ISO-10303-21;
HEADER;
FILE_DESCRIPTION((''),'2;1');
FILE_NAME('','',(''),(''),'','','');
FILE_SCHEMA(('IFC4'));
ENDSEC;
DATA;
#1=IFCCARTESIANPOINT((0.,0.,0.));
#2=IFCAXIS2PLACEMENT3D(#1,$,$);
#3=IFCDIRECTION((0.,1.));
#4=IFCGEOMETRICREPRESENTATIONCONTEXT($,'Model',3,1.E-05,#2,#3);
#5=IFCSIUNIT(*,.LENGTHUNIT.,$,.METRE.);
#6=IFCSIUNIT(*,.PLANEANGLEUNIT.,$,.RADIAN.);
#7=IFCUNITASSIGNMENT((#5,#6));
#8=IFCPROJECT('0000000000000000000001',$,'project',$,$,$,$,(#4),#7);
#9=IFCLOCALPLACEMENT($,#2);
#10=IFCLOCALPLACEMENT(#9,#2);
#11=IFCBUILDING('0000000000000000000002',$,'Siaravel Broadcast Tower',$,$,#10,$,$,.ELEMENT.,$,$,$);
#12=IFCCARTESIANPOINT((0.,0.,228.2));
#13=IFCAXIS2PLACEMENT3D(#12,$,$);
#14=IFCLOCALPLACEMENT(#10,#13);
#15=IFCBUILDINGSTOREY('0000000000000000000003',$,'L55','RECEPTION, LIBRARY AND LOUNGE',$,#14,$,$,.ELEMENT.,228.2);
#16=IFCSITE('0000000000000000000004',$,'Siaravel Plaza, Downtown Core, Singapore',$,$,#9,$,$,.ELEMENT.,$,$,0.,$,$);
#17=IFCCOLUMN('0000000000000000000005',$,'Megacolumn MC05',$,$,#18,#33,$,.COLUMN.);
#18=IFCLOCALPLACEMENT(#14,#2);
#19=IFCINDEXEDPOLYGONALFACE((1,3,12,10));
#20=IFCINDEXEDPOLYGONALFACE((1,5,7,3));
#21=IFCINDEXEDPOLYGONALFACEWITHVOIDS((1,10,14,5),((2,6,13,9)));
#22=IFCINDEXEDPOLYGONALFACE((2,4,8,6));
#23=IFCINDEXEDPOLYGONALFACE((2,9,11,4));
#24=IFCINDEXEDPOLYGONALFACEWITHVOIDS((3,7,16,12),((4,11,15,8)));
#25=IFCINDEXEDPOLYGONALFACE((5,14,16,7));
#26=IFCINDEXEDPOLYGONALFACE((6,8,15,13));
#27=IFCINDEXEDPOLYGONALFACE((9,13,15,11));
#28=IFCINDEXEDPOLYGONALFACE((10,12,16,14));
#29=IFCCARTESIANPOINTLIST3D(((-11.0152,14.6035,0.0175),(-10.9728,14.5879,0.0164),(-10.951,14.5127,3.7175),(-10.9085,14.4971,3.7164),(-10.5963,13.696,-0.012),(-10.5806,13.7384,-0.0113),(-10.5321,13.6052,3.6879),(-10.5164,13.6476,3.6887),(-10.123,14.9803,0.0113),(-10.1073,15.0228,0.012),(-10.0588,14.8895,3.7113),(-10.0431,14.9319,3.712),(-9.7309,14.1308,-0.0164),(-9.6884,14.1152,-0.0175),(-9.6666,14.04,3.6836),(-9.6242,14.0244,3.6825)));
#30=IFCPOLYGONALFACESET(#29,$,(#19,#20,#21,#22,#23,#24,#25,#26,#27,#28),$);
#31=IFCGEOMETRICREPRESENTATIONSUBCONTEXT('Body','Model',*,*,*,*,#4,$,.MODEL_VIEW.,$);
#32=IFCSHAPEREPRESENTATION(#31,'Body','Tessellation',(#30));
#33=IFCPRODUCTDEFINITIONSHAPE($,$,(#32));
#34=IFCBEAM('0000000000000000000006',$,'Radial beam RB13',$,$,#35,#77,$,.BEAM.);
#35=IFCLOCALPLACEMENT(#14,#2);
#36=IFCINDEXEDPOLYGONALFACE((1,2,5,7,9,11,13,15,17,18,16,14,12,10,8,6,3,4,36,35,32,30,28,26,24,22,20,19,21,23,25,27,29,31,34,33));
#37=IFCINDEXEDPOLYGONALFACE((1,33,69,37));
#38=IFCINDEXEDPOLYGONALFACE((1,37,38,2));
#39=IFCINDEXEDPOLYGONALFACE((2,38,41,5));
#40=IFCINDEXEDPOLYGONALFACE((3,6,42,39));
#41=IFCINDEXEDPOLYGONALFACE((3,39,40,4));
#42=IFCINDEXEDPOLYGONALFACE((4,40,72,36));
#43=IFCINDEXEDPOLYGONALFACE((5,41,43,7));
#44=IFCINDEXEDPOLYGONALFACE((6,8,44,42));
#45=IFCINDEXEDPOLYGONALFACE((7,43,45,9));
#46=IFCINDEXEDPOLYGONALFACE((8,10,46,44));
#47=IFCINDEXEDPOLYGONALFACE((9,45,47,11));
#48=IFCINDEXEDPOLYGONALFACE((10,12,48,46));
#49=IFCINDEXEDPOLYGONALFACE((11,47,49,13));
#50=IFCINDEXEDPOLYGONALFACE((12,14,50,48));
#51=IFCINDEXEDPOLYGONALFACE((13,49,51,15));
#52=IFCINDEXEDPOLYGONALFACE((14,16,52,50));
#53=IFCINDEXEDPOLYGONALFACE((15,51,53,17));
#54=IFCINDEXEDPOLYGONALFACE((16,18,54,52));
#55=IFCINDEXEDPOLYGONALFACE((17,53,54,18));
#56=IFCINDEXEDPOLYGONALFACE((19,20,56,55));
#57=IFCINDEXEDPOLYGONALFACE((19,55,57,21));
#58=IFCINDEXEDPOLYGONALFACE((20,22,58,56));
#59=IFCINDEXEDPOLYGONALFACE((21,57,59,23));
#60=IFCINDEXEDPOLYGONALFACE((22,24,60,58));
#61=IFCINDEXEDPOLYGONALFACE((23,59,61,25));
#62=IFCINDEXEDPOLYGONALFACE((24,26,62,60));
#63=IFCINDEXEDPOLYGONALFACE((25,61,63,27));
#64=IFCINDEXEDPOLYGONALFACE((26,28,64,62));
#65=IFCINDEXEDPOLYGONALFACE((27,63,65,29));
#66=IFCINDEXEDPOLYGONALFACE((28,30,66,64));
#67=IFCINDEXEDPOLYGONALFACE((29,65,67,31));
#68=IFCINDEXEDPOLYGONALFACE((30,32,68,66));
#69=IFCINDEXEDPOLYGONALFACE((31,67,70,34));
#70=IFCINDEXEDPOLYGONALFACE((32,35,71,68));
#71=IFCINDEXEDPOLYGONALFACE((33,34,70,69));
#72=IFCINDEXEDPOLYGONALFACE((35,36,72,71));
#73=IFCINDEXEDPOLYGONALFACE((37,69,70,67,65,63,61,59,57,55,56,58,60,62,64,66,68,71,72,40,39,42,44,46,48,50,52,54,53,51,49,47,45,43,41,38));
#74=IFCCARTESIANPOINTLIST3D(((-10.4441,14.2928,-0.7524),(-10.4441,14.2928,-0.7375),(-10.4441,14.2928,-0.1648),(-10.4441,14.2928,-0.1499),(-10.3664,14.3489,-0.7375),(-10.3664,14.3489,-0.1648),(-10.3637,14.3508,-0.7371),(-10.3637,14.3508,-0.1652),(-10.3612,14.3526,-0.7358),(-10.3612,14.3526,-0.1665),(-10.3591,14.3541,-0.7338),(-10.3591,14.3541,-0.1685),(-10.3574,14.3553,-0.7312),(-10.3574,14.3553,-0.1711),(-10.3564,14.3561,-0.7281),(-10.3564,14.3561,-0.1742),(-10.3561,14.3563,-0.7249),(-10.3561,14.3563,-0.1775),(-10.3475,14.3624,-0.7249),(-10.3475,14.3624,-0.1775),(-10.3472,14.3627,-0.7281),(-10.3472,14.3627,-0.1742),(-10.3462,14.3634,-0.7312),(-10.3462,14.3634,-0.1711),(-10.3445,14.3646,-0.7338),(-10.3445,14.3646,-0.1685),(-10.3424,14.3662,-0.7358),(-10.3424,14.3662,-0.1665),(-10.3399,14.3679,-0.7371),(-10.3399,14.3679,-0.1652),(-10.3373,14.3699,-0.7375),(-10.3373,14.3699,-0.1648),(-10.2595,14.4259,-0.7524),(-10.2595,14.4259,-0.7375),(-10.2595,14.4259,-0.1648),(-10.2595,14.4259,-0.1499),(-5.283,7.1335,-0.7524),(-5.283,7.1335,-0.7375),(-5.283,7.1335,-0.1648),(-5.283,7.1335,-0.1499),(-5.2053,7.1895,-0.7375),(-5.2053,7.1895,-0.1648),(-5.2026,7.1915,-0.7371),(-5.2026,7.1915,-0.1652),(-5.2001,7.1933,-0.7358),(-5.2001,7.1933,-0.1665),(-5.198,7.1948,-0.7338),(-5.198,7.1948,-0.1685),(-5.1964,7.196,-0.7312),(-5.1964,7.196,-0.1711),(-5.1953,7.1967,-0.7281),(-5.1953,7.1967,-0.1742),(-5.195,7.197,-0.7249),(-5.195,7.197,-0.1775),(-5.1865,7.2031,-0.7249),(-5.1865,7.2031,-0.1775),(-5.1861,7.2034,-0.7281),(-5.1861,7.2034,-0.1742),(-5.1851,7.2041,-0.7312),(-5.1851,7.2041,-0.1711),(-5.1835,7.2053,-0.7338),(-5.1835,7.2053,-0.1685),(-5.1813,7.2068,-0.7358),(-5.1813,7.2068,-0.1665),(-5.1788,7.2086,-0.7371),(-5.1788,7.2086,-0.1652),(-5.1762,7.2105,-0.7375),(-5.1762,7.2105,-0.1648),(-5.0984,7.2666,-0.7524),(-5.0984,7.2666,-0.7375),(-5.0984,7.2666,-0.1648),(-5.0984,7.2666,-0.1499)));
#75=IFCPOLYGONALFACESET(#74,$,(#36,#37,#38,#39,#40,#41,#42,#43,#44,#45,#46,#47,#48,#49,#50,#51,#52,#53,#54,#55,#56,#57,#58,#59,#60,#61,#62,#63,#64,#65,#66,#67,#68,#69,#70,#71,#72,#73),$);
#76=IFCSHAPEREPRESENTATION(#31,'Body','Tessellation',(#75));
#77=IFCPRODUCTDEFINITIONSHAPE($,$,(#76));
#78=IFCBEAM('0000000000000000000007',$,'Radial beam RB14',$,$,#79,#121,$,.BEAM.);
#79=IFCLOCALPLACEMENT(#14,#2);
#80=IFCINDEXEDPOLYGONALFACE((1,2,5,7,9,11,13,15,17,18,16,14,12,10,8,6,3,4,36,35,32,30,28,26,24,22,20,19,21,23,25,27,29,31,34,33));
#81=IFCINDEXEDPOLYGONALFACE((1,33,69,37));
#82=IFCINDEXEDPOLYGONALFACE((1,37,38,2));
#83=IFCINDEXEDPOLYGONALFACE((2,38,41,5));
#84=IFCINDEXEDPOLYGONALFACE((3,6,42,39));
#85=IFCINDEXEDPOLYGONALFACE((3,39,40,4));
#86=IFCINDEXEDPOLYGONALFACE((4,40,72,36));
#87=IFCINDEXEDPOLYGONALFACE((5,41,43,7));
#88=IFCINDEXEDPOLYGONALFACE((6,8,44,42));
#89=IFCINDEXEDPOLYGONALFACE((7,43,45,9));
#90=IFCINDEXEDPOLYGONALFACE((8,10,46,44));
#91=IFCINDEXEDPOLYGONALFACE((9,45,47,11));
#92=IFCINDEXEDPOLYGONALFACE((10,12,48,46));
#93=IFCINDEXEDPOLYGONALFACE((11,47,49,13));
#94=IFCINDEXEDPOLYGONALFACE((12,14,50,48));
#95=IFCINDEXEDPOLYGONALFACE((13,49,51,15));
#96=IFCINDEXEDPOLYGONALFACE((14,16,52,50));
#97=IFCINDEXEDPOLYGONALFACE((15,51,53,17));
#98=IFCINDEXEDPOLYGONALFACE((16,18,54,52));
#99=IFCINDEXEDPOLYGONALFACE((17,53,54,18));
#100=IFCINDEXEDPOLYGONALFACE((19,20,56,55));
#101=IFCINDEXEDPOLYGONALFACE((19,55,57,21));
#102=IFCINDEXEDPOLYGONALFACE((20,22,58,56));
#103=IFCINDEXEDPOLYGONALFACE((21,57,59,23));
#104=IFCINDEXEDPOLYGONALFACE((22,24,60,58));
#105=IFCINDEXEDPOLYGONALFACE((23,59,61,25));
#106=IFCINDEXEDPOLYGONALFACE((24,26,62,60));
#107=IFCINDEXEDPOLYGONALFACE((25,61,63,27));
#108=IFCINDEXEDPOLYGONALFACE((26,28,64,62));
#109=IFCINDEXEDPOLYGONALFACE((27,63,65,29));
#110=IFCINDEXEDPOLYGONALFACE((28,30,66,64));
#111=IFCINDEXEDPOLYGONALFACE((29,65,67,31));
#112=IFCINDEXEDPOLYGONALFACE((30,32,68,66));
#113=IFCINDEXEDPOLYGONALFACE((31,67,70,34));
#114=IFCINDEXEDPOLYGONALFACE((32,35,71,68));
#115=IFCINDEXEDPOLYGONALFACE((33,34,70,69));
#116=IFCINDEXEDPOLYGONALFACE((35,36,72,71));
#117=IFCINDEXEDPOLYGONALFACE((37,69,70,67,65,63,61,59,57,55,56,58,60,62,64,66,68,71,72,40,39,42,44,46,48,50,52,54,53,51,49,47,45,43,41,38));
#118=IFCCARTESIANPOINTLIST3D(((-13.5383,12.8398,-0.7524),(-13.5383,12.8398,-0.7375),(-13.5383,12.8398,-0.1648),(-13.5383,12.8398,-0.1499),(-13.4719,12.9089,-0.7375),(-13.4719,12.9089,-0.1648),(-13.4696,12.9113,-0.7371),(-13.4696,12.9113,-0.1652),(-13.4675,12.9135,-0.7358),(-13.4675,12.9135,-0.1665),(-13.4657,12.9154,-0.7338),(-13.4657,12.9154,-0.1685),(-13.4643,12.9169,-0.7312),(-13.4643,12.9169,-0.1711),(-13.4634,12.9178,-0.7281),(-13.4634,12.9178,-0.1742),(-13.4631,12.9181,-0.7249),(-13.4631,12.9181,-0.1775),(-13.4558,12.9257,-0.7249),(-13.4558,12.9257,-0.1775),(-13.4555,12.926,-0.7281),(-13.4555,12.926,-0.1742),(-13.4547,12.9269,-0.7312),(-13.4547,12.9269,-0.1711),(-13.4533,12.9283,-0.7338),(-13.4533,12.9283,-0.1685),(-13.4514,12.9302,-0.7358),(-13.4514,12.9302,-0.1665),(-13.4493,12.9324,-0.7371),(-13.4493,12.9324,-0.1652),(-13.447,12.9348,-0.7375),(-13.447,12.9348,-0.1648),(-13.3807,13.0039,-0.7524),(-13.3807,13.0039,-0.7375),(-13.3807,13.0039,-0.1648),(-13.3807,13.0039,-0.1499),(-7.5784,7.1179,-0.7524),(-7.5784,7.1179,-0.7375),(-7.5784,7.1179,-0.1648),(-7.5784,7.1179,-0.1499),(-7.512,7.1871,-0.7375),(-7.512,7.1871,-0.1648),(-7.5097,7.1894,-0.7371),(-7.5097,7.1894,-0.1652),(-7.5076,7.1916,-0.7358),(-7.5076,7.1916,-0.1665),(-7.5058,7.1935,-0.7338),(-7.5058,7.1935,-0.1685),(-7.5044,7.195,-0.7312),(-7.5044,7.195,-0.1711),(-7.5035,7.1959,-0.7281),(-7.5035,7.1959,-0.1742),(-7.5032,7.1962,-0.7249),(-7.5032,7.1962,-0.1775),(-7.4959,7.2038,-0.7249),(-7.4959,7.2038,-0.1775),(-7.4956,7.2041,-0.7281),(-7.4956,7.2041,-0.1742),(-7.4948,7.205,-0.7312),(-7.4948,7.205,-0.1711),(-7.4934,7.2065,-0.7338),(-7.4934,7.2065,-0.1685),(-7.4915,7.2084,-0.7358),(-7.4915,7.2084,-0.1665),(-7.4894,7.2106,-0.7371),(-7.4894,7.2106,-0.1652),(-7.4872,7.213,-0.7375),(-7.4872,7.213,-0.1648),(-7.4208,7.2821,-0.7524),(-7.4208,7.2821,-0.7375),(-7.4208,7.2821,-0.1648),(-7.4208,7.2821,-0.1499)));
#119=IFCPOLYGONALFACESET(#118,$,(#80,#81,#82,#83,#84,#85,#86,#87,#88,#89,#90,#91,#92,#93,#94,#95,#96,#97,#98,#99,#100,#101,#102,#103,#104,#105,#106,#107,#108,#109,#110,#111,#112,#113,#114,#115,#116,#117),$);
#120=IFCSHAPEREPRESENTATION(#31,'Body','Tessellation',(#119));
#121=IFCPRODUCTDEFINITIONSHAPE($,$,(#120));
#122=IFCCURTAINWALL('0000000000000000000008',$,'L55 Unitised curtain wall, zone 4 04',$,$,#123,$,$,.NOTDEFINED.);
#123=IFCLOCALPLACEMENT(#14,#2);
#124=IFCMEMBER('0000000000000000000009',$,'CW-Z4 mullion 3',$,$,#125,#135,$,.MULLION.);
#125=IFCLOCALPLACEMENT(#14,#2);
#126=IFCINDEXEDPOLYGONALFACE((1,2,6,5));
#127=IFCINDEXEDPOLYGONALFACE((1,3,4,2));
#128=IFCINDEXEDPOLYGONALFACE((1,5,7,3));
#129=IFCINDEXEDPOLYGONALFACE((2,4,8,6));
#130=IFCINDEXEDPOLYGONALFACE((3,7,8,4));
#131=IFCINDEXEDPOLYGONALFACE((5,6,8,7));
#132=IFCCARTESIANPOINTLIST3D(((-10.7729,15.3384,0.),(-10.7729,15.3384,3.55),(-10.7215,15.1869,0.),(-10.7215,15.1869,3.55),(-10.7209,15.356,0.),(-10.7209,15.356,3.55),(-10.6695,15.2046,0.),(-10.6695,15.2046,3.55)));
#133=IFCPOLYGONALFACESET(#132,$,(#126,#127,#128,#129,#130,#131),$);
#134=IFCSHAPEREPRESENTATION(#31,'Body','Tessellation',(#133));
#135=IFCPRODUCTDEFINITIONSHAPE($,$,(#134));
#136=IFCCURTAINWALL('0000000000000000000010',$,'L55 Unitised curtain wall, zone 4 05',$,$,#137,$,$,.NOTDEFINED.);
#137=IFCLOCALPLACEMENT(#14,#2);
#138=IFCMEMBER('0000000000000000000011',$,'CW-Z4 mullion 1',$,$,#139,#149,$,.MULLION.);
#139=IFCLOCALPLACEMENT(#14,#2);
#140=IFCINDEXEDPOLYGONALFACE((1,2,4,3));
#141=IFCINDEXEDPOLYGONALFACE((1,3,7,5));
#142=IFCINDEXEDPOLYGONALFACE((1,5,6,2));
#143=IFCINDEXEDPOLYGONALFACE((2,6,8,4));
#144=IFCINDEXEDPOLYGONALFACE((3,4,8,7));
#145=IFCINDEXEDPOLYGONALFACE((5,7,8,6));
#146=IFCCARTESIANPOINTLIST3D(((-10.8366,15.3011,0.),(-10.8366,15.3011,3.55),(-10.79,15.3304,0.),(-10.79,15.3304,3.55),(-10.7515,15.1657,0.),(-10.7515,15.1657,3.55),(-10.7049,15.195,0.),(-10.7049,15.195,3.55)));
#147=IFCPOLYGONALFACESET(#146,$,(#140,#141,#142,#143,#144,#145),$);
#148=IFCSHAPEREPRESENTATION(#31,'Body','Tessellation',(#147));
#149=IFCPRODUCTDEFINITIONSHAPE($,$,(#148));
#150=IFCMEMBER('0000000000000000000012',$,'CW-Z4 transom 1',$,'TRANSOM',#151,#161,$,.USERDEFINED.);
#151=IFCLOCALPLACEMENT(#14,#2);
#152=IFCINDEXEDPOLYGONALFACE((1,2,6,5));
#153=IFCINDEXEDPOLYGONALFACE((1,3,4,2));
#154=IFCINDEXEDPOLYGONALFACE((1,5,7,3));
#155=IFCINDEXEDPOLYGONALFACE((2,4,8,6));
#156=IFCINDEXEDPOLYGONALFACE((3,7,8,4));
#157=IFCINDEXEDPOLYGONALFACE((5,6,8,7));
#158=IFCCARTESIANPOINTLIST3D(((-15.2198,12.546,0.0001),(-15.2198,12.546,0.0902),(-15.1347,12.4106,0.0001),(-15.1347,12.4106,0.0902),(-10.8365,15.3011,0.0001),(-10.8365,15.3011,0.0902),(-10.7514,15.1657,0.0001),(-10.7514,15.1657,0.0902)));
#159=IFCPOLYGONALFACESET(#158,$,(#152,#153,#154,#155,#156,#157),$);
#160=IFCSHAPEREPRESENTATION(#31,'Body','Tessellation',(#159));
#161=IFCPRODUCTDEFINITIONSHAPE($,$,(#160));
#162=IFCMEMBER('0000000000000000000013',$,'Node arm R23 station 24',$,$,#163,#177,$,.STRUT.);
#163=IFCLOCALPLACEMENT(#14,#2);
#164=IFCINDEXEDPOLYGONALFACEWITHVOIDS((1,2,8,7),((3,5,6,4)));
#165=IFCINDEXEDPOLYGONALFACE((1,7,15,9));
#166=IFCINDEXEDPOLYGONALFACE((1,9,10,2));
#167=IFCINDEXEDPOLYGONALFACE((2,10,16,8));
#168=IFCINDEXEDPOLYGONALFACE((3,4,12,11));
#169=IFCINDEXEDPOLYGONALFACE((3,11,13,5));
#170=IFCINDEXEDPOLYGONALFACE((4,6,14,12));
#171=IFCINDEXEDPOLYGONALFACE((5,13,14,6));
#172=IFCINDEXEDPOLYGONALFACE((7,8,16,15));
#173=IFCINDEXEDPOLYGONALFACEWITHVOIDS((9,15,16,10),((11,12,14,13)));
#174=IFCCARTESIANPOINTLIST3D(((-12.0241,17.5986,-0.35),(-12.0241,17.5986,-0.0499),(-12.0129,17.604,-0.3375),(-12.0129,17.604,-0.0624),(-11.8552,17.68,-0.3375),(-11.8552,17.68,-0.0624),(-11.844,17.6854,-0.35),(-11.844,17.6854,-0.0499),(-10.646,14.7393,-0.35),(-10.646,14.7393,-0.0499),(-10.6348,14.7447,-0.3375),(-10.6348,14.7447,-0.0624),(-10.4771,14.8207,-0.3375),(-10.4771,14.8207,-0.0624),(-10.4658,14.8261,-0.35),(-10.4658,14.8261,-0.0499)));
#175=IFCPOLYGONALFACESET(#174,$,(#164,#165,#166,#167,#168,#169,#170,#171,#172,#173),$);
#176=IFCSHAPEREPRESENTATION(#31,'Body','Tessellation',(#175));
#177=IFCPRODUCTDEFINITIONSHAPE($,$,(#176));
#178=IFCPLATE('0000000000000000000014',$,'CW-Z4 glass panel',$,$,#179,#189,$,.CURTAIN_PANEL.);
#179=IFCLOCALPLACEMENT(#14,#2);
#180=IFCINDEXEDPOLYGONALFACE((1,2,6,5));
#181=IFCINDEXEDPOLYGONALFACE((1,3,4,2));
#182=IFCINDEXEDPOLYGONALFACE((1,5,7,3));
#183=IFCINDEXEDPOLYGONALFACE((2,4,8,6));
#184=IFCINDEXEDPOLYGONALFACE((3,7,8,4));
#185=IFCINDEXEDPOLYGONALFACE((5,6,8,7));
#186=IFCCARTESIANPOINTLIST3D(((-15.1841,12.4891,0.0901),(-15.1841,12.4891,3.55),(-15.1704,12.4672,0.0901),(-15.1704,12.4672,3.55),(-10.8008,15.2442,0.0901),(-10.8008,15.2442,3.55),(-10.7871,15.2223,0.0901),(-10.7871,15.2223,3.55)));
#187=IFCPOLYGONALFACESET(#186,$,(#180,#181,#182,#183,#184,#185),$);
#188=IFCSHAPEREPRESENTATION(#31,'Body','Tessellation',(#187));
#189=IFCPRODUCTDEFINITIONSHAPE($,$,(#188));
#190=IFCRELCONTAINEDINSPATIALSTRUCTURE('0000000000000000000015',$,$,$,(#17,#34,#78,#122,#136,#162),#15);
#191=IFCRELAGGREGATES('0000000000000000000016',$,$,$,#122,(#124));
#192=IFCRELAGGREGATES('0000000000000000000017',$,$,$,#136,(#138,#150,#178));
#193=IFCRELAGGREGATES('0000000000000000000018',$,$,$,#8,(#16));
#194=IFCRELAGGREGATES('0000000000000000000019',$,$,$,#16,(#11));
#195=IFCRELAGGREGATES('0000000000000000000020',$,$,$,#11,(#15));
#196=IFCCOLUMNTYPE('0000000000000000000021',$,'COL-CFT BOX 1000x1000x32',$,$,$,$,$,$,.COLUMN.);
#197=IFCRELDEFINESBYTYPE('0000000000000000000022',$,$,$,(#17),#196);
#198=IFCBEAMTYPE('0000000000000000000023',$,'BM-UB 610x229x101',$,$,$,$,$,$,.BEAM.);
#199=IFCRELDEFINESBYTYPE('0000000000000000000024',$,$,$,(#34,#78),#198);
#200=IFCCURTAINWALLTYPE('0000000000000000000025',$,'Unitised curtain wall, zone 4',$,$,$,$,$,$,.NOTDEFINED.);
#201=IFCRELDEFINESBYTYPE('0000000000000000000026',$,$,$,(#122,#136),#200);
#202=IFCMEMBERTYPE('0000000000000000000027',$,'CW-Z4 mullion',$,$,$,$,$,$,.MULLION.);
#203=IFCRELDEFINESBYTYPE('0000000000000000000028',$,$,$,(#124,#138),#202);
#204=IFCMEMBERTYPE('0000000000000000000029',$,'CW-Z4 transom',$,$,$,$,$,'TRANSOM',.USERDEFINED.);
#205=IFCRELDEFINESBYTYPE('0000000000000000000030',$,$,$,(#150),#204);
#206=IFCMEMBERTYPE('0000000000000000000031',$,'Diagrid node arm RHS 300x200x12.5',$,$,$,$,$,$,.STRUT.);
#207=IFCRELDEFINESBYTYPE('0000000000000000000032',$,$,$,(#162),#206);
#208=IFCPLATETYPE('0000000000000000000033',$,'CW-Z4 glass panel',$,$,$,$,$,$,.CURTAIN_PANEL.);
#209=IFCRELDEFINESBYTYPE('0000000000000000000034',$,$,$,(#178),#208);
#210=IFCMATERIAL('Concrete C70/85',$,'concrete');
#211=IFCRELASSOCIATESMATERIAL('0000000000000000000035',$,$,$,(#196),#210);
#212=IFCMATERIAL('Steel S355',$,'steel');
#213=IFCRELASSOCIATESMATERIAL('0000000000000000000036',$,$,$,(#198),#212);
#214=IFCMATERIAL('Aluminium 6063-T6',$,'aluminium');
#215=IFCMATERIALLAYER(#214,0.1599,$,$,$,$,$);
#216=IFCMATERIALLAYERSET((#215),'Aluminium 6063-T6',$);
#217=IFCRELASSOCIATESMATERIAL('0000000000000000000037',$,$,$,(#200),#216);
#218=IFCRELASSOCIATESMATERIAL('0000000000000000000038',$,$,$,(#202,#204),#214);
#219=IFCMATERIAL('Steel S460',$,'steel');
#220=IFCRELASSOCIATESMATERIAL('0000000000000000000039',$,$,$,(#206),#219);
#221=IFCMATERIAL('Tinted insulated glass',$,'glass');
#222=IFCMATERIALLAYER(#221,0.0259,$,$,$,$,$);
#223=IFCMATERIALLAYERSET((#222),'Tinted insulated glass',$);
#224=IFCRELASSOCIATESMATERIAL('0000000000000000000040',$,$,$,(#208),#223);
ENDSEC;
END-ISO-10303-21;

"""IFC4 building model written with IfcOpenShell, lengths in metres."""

from ifc_helpers import new_model, si_unit, direction, frame, origin, origin_2d, place, context, subcontext, project, spatial, rectangle, hollow_rectangle, i_section, extrude, material, layer, layer_set, material_profile, profile_set, type_object, element, aggregate, save


model = new_model("IFC4")

# Units and contexts
model_context = context("Model", 3, precision=1e-05, world=origin(), true_north=direction((0.0, 1.0)))
body_context = subcontext(model_context, "Body", "Model", "MODEL_VIEW")
ifc_project = project(units=[si_unit("LENGTHUNIT", "METRE"), si_unit("PLANEANGLEUNIT", "RADIAN")], contexts=[model_context])

# Site, building, storey
site_placement = place(None, origin())
site = spatial("IfcSite", under=ifc_project, at=site_placement, Name="Siaravel Plaza, Downtown Core, Singapore", CompositionType="ELEMENT", RefElevation=0.0)
building_placement = place(site_placement, origin())
building = spatial("IfcBuilding", under=site, at=building_placement, Name="Siaravel Broadcast Tower", CompositionType="ELEMENT")
storey_placement = place(building_placement, frame((0.0, 0.0, 228.2)))
storey = spatial("IfcBuildingStorey", under=building, at=storey_placement, Name="L55", Description="RECEPTION, LIBRARY AND LOUNGE", CompositionType="ELEMENT", Elevation=228.2)

# Column
ifc_material_1 = material(Name="Concrete C70/85", Category="concrete")
ifc_material_profile_1 = material_profile(ifc_material_1, hollow_rectangle(XDim=1.0, YDim=1.0, WallThickness=0.032, at=origin_2d()))
ifc_profile_set_1 = profile_set([ifc_material_profile_1], Name="Concrete C70/85")
column_type = type_object("IfcColumnType", Name="COL-CFT BOX 1000x1000x32", PredefinedType="COLUMN", material=ifc_profile_set_1)
column_placement = place(storey_placement, frame((-10.3518, 14.3594, 0.0), z_axis=(0.017346, -0.024535, 0.999548), x_axis=(0.907863, 0.419232, -0.005464)))
element("IfcColumn", 1, at=column_placement, inside=storey, type_object=column_type, Name="Megacolumn MC05", PredefinedType="COLUMN", context=body_context, shape_type="SweptSolid", body=[
    extrude(hollow_rectangle(XDim=1.0, YDim=1.0, WallThickness=0.032, at=origin_2d()), origin(), (0.0, 0.0, 1.0), 3.7017),
])

# Beams
ifc_material_2 = material(Name="Steel S355", Category="steel")
ifc_material_profile_2 = material_profile(ifc_material_2, i_section(OverallWidth=0.2275, OverallDepth=0.6025, WebThickness=0.0105, FlangeThickness=0.0149, FilletRadius=0.0127, at=origin_2d()))
ifc_profile_set_2 = profile_set([ifc_material_profile_2], Name="Steel S355")
beam_type = type_object("IfcBeamType", Name="BM-UB 610x229x101", PredefinedType="BEAM", material=ifc_profile_set_2)
beam_1_placement = place(storey_placement, frame((-10.3518, 14.3594, -0.4512), z_axis=(0.584778, -0.811193, 0.0), x_axis=(0.811193, 0.584778, 0.0)))
element("IfcBeam", 2, at=beam_1_placement, inside=storey, type_object=beam_type, Name="Radial beam RB13", PredefinedType="BEAM", context=body_context, shape_type="SweptSolid", body=[
    extrude(i_section(OverallWidth=0.2275, OverallDepth=0.6025, WebThickness=0.0105, FlangeThickness=0.0149, FilletRadius=0.0127, at=origin_2d()), origin(), (0.0, 0.0, 1.0), 8.8257),
])
beam_2_placement = place(storey_placement, frame((-13.4595, 12.9219, -0.4512), z_axis=(0.721365, -0.692555, 0.0), x_axis=(0.692555, 0.721365, 0.0)))
element("IfcBeam", 3, at=beam_2_placement, inside=storey, type_object=beam_type, Name="Radial beam RB14", PredefinedType="BEAM", context=body_context, shape_type="SweptSolid", body=[
    extrude(i_section(OverallWidth=0.2275, OverallDepth=0.6025, WebThickness=0.0105, FlangeThickness=0.0149, FilletRadius=0.0127, at=origin_2d()), origin(), (0.0, 0.0, 1.0), 8.262),
])

# Curtain wall, member
ifc_material_3 = material(Name="Aluminium 6063-T6", Category="aluminium")
ifc_layer_1 = layer(ifc_material_3, 0.1599)
ifc_layer_set_1 = layer_set([ifc_layer_1], Name="Aluminium 6063-T6")
curtain_wall_type = type_object("IfcCurtainWallType", Name="Unitised curtain wall, zone 4", PredefinedType="NOTDEFINED", material=ifc_layer_set_1)
curtain_wall_1_placement = place(storey_placement, origin())
curtain_wall_1 = element("IfcCurtainWall", 4, at=curtain_wall_1_placement, inside=storey, type_object=curtain_wall_type, Name="L55 Unitised curtain wall, zone 4 04", PredefinedType="NOTDEFINED")
ifc_material_profile_3 = material_profile(ifc_material_3, rectangle(XDim=0.1599, YDim=0.0549, at=origin_2d()))
ifc_profile_set_3 = profile_set([ifc_material_profile_3], Name="Aluminium 6063-T6")
member_type_1 = type_object("IfcMemberType", Name="CW-Z4 mullion", PredefinedType="MULLION", material=ifc_profile_set_3)
member_1_placement = place(storey_placement, frame((-10.7212, 15.2715, 0.0), z_axis=(0.0, 0.0, 1.0), x_axis=(0.321301, -0.946977, 0.0)))
member_1 = element("IfcMember", 5, at=member_1_placement, type_object=member_type_1, Name="CW-Z4 mullion 3", PredefinedType="MULLION", context=body_context, shape_type="SweptSolid", body=[
    extrude(rectangle(XDim=0.1599, YDim=0.0549, at=origin_2d()), origin(), (0.0, 0.0, 1.0), 3.55),
])
aggregate(curtain_wall_1, [member_1])

# Curtain wall, members
curtain_wall_2_placement = place(storey_placement, origin())
curtain_wall_2 = element("IfcCurtainWall", 6, at=curtain_wall_2_placement, inside=storey, type_object=curtain_wall_type, Name="L55 Unitised curtain wall, zone 4 05", PredefinedType="NOTDEFINED")
member_2_placement = place(storey_placement, frame((-10.7708, 15.248, 0.0), z_axis=(0.0, 0.0, 1.0), x_axis=(0.53215, -0.84665, 0.0)))
member_2 = element("IfcMember", 7, at=member_2_placement, type_object=member_type_1, Name="CW-Z4 mullion 1", PredefinedType="MULLION", context=body_context, shape_type="SweptSolid", body=[
    extrude(rectangle(XDim=0.1599, YDim=0.0549, at=origin_2d()), origin(), (0.0, 0.0, 1.0), 3.55),
])
ifc_material_profile_4 = material_profile(ifc_material_3, rectangle(XDim=0.1599, YDim=0.0901, at=origin_2d()))
ifc_profile_set_4 = profile_set([ifc_material_profile_4], Name="Aluminium 6063-T6")
member_type_2 = type_object("IfcMemberType", Name="CW-Z4 transom", ElementType="TRANSOM", PredefinedType="USERDEFINED", material=ifc_profile_set_4)
member_3_placement = place(storey_placement, frame((-10.7939, 15.2334, 0.0452), z_axis=(-0.846644, -0.532159, 0.0), x_axis=(0.532159, -0.846644, 0.0)))
member_3 = element("IfcMember", 8, at=member_3_placement, type_object=member_type_2, Name="CW-Z4 transom 1", ObjectType="TRANSOM", PredefinedType="USERDEFINED", context=body_context, shape_type="SweptSolid", body=[
    extrude(rectangle(XDim=0.1599, YDim=0.0901, at=origin_2d()), origin(), (0.0, 0.0, 1.0), 5.1772),
])

# Member
ifc_material_4 = material(Name="Steel S460", Category="steel")
ifc_material_profile_5 = material_profile(ifc_material_4, hollow_rectangle(XDim=0.2, YDim=0.3, WallThickness=0.0125, at=origin_2d()))
ifc_profile_set_5 = profile_set([ifc_material_profile_5], Name="Steel S460")
member_type_3 = type_object("IfcMemberType", Name="Diagrid node arm RHS 300x200x12.5", PredefinedType="STRUT", material=ifc_profile_set_5)
member_4_placement = place(storey_placement, frame((-10.5559, 14.7827, -0.2), z_axis=(-0.434183, 0.900825, 0.0), x_axis=(-0.900825, -0.434183, 0.0)))
element("IfcMember", 9, at=member_4_placement, inside=storey, type_object=member_type_3, Name="Node arm R23 station 24", PredefinedType="STRUT", context=body_context, shape_type="SweptSolid", body=[
    extrude(hollow_rectangle(XDim=0.2, YDim=0.3, WallThickness=0.0125, at=origin_2d()), origin(), (0.0, 0.0, 1.0), 3.1741),
])

# Plate
ifc_material_5 = material(Name="Tinted insulated glass", Category="glass")
ifc_layer_2 = layer(ifc_material_5, 0.0259)
ifc_layer_set_2 = layer_set([ifc_layer_2], Name="Tinted insulated glass")
plate_type = type_object("IfcPlateType", Name="CW-Z4 glass panel", PredefinedType="CURTAIN_PANEL", material=ifc_layer_set_2)
plate_placement = place(storey_placement, frame((-12.9856, 13.8557, 0.0901), z_axis=(0.0, 0.0, 1.0), x_axis=(-0.84665, -0.53215, 0.0)))
plate = element("IfcPlate", 10, at=plate_placement, type_object=plate_type, Name="CW-Z4 glass panel", PredefinedType="CURTAIN_PANEL", context=body_context, shape_type="SweptSolid", body=[
    extrude(rectangle(XDim=5.1772, YDim=0.0259, at=origin_2d()), origin(), (0.0, 0.0, 1.0), 3.46),
])
aggregate(curtain_wall_2, [member_2, member_3, plate])

save(model, "model.ifc")
